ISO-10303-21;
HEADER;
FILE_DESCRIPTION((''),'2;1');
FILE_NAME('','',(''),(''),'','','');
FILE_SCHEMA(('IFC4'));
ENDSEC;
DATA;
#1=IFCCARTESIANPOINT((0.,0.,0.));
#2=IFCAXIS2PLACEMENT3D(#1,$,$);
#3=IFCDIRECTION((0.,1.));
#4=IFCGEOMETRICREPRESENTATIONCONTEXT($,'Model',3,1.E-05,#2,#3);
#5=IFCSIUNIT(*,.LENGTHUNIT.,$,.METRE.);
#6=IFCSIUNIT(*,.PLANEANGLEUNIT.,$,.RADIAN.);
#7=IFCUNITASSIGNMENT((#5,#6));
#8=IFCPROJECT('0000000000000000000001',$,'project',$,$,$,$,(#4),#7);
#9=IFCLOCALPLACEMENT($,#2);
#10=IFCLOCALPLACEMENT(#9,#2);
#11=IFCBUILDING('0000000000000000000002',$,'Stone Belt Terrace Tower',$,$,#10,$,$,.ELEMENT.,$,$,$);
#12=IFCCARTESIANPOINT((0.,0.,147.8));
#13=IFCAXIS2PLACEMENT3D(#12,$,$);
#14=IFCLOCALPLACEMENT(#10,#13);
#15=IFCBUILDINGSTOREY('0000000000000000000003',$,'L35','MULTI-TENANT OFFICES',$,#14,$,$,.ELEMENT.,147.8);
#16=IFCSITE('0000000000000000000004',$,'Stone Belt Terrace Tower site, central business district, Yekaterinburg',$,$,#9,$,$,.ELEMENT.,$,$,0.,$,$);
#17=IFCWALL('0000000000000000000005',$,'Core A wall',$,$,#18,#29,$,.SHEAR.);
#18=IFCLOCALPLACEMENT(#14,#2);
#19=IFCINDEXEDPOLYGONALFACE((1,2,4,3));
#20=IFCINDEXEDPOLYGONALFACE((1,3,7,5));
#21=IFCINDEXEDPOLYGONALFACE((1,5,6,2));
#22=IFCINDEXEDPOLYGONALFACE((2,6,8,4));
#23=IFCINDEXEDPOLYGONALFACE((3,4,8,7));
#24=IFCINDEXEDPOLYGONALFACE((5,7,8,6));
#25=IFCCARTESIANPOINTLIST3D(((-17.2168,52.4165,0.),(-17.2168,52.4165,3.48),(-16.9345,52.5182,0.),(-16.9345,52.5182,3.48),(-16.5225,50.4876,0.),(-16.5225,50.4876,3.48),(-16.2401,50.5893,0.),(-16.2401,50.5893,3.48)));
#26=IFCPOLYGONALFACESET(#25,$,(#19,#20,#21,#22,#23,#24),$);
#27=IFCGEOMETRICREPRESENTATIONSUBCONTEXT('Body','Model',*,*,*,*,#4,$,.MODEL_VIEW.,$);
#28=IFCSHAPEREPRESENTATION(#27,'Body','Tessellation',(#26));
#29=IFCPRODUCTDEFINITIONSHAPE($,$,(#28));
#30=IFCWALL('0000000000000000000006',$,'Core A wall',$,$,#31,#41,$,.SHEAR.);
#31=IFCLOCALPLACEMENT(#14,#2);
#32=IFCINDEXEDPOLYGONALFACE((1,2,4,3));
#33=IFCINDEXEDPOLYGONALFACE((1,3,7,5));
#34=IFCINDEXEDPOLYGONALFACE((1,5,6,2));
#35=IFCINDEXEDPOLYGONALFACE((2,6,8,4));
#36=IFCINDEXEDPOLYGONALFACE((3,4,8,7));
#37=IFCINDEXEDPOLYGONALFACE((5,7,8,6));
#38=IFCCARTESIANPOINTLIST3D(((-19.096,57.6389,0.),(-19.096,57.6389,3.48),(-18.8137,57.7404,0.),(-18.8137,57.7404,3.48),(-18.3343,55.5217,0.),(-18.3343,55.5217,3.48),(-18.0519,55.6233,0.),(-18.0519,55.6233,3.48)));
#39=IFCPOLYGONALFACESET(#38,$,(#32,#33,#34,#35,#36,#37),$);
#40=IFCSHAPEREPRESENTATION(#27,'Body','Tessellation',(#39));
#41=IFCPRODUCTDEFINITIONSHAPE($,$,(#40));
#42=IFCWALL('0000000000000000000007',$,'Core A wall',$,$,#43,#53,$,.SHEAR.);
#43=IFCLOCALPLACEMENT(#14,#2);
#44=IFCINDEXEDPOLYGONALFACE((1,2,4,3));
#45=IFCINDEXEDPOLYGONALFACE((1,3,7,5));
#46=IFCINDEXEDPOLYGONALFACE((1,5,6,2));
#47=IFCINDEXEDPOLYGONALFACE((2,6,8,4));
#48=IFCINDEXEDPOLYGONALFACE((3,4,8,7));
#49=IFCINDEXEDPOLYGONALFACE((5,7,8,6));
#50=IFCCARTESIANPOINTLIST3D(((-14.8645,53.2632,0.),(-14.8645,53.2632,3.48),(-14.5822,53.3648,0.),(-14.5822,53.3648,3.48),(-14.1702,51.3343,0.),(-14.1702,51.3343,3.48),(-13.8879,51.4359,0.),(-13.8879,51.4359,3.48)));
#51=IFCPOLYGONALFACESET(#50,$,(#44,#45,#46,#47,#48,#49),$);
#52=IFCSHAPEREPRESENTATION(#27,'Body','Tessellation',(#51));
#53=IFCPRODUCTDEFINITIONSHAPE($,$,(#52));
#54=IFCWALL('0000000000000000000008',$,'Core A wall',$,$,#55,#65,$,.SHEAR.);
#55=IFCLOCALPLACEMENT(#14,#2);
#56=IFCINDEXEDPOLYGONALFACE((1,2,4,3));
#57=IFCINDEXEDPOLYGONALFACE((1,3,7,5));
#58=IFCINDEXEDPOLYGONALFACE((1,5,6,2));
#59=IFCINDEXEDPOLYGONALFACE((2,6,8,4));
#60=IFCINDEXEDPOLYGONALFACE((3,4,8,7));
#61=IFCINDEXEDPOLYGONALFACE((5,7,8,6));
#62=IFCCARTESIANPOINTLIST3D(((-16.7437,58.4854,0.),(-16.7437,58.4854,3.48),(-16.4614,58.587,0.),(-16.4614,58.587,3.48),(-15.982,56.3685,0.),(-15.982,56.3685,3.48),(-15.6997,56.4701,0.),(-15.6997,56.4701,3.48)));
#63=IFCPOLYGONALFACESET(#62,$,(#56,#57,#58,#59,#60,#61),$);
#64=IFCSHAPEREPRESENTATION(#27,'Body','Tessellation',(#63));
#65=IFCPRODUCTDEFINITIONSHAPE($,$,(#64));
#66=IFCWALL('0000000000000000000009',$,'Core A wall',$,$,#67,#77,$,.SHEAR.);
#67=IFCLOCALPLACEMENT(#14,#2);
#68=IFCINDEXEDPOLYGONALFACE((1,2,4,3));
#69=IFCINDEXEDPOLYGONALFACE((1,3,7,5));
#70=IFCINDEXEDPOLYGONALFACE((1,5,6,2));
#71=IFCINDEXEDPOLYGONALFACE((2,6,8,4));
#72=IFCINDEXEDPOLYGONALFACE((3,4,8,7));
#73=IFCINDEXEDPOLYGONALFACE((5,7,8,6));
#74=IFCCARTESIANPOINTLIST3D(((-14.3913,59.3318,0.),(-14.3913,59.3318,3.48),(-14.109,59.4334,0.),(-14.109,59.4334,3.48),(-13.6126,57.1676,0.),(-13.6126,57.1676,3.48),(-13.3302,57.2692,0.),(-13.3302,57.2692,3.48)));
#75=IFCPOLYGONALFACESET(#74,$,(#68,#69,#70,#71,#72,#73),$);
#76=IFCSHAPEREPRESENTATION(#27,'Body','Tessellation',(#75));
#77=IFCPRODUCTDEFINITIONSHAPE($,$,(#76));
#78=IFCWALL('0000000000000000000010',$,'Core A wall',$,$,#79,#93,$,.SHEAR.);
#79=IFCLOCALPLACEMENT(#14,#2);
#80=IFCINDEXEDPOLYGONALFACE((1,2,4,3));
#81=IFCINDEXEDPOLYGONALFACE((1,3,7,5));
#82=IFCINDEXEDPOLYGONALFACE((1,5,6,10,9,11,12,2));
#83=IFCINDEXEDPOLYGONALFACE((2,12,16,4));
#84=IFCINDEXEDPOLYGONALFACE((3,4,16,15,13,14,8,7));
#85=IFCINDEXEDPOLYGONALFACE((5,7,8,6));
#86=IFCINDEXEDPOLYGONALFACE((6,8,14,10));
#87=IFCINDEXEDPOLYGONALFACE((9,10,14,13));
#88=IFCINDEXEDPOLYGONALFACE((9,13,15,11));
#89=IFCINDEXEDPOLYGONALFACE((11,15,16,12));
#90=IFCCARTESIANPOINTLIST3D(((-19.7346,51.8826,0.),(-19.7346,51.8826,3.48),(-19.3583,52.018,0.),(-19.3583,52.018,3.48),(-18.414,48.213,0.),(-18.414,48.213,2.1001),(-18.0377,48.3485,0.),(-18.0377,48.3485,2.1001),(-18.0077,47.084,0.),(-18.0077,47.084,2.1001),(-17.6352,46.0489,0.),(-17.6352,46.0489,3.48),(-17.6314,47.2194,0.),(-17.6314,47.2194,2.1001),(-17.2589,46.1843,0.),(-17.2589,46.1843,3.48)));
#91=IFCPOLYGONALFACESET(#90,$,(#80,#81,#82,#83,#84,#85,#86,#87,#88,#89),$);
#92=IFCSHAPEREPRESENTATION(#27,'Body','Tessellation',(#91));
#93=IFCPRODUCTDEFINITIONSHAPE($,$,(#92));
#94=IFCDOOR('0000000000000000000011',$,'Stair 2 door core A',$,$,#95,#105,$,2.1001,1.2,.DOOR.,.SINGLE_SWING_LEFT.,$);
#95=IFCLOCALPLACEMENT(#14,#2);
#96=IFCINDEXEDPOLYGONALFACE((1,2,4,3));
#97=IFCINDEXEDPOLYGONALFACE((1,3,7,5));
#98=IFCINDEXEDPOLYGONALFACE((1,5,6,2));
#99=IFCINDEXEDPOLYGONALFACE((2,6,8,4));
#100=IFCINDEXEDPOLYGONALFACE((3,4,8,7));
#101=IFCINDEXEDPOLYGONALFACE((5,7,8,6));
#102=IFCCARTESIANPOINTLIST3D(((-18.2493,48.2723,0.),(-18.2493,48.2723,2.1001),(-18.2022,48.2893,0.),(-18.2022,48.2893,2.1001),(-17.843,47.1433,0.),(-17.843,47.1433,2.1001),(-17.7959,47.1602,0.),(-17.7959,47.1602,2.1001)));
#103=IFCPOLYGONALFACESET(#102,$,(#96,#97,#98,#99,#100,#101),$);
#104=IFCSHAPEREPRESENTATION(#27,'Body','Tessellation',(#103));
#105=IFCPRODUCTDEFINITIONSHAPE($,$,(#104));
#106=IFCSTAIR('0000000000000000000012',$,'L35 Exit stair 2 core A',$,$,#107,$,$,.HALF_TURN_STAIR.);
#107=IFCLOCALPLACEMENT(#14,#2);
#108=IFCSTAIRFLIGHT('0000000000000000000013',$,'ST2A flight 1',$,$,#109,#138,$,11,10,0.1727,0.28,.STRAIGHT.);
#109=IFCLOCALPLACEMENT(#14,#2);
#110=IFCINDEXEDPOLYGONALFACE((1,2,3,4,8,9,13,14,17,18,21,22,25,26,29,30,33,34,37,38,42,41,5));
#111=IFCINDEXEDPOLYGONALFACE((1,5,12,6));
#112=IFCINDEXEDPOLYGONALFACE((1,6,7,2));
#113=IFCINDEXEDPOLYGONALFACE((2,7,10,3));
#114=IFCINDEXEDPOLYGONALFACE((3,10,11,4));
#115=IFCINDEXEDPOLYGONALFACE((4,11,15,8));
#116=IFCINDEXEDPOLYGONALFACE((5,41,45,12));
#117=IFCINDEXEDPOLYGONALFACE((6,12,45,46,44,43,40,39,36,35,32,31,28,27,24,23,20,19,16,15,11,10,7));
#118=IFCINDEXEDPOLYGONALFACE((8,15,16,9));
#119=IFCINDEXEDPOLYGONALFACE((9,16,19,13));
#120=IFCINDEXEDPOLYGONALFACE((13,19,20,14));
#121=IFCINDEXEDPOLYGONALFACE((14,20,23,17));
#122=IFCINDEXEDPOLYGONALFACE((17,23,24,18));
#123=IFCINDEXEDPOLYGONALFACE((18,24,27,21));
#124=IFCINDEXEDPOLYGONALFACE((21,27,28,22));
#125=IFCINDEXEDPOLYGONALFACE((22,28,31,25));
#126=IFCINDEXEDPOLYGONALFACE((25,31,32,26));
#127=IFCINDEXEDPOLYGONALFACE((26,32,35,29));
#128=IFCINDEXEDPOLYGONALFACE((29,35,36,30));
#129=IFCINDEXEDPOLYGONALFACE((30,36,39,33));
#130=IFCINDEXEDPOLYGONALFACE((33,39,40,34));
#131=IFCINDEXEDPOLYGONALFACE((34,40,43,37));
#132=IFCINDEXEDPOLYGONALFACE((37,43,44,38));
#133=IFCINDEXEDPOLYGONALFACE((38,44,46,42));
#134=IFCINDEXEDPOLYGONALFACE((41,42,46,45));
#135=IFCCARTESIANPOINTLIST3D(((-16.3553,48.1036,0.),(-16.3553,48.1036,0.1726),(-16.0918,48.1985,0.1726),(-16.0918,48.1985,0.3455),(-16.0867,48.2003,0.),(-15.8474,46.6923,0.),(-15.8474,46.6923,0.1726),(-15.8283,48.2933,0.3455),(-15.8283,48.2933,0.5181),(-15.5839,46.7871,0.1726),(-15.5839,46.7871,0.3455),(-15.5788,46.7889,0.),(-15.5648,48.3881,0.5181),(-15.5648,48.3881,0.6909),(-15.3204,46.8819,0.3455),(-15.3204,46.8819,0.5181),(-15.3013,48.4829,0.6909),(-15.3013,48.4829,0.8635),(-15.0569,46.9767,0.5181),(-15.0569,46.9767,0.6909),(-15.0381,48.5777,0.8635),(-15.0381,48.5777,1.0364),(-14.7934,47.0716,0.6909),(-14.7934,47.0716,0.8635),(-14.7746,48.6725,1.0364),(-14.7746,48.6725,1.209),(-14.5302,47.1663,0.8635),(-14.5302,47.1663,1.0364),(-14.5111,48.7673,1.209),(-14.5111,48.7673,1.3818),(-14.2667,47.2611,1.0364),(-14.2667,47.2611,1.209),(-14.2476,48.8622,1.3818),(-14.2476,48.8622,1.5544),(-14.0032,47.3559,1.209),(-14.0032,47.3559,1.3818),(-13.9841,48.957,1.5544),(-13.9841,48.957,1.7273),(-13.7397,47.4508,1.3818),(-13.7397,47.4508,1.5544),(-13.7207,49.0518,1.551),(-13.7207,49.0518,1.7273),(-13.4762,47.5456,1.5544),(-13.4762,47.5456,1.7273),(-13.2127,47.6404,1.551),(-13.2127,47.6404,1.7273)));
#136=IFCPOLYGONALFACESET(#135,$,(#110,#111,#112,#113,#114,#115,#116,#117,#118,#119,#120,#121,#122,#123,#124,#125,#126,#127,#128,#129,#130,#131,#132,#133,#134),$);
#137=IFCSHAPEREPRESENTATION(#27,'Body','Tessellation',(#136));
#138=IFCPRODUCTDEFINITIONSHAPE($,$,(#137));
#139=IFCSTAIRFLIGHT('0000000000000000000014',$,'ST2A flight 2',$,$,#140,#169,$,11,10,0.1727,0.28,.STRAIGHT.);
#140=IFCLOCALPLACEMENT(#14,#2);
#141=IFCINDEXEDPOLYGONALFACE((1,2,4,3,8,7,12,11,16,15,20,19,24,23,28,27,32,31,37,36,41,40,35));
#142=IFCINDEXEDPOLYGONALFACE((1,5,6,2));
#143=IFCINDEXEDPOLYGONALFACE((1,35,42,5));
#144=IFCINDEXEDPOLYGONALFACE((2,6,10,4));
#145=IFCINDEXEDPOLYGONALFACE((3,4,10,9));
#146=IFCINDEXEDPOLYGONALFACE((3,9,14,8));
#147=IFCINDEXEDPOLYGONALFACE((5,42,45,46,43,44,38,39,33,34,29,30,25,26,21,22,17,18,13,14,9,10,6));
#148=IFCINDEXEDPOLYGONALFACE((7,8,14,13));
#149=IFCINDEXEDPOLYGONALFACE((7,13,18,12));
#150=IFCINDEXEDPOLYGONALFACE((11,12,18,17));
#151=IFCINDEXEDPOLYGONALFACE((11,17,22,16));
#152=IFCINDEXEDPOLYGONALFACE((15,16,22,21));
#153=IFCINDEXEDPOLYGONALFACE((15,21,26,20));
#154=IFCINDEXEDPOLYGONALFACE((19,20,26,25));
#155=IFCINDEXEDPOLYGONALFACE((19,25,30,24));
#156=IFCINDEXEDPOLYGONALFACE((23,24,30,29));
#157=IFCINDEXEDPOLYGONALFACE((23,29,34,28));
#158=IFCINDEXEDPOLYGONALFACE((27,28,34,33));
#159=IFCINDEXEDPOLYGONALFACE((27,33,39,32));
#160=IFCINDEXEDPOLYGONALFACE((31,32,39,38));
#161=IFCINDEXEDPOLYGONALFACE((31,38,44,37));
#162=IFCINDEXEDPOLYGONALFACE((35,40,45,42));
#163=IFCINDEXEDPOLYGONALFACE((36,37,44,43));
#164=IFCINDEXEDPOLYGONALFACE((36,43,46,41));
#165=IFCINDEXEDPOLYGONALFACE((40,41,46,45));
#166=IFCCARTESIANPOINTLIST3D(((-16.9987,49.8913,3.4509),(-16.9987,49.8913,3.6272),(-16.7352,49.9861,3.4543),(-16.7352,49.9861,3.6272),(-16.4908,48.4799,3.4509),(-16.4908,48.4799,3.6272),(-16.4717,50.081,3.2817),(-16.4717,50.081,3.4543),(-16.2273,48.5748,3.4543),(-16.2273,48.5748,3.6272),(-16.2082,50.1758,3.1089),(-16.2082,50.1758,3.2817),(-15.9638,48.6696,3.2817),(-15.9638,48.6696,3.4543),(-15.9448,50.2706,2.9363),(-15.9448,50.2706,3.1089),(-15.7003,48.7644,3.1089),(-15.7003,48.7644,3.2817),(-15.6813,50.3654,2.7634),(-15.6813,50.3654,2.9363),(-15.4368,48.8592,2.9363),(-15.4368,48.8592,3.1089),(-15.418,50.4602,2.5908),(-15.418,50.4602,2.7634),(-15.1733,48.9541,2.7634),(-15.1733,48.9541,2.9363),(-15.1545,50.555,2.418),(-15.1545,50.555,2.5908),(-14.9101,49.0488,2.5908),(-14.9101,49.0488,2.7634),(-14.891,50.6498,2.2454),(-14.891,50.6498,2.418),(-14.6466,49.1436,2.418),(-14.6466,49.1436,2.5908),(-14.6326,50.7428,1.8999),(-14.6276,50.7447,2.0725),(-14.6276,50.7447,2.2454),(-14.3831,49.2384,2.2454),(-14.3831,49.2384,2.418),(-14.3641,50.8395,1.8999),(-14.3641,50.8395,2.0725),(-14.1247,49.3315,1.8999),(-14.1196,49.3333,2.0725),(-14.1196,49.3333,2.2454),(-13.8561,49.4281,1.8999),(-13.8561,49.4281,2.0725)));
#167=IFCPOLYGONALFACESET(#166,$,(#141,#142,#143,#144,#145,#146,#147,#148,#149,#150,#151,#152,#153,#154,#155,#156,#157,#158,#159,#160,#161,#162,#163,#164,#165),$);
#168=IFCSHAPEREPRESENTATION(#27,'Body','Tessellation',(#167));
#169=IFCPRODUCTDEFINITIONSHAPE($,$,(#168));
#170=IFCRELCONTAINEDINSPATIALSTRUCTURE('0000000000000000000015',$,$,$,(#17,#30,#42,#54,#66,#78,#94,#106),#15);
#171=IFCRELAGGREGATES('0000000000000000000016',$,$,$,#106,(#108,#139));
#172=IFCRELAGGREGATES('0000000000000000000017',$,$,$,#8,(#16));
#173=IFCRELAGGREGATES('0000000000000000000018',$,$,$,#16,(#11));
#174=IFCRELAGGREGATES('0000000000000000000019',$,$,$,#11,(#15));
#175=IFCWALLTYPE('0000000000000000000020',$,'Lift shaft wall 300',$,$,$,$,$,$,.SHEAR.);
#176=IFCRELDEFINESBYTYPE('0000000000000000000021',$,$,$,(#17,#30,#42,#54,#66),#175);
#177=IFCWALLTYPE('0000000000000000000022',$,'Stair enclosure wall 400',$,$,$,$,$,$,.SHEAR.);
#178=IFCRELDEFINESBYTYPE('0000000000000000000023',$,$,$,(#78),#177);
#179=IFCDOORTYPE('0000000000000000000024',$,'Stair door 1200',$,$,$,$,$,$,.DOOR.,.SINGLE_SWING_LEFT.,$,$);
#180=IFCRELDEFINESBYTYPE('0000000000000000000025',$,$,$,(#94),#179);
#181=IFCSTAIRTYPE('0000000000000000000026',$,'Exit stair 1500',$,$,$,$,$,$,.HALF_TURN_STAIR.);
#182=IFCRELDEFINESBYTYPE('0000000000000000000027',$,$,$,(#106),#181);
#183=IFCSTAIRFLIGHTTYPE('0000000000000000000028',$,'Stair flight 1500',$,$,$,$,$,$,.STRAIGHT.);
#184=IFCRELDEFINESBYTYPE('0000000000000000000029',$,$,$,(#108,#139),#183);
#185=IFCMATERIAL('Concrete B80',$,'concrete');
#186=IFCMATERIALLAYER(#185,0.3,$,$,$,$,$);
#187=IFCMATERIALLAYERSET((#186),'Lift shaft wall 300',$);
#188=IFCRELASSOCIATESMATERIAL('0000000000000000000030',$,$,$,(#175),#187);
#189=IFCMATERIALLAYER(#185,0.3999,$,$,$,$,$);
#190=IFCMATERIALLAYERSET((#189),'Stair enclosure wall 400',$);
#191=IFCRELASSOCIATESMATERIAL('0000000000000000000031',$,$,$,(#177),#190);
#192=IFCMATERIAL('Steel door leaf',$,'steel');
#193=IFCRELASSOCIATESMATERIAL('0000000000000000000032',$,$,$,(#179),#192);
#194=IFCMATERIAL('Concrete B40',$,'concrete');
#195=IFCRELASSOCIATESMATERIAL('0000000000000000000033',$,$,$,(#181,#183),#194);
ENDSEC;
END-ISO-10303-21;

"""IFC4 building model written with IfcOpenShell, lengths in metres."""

from ifc_helpers import new_model, si_unit, direction, frame, frame_2d, origin, place, context, subcontext, project, spatial, polyline, rectangle, outline, extrude, material, layer, layer_set, type_object, element, fill, aggregate, save


model = new_model("IFC4")

# Units and contexts
model_context = context("Model", 3, precision=1e-05, world=origin(), true_north=direction((0.0, 1.0)))
body_context = subcontext(model_context, "Body", "Model", "MODEL_VIEW")
ifc_project = project(units=[si_unit("LENGTHUNIT", "METRE"), si_unit("PLANEANGLEUNIT", "RADIAN")], contexts=[model_context])

# Site, building, storey
site_placement = place(None, origin())
site = spatial("IfcSite", under=ifc_project, at=site_placement, Name="Stone Belt Terrace Tower site, central business district, Yekaterinburg", CompositionType="ELEMENT", RefElevation=0.0)
building_placement = place(site_placement, origin())
building = spatial("IfcBuilding", under=site, at=building_placement, Name="Stone Belt Terrace Tower", CompositionType="ELEMENT")
storey_placement = place(building_placement, frame((0.0, 0.0, 147.8)))
storey = spatial("IfcBuildingStorey", under=building, at=storey_placement, Name="L35", Description="MULTI-TENANT OFFICES", CompositionType="ELEMENT", Elevation=147.8)

# Shared definitions
ifc_material_1 = material(Name="Concrete B80", Category="concrete")

# Walls
ifc_layer_1 = layer(ifc_material_1, 0.3)
ifc_layer_set_1 = layer_set([ifc_layer_1], Name="Lift shaft wall 300")
wall_type_1 = type_object("IfcWallType", Name="Lift shaft wall 300", PredefinedType="SHEAR", material=ifc_layer_set_1)
wall_1_placement = place(storey_placement, frame((-16.3813, 50.5386, 0.0), z_axis=(0.0, 0.0, 1.0), x_axis=(-0.338682, 0.940901, 0.0)))
element("IfcWall", 1, at=wall_1_placement, inside=storey, type_object=wall_type_1, Name="Core A wall", PredefinedType="SHEAR", context=body_context, shape_type="SweptSolid", body=[
    extrude(rectangle(XDim=2.05, YDim=0.3, at=frame_2d((1.0249, 0.0))), origin(), (0.0, 0.0, 1.0), 3.48),
])
wall_2_placement = place(storey_placement, frame((-18.1931, 55.5725, 0.0), z_axis=(0.0, 0.0, 1.0), x_axis=(-0.338535, 0.940954, 0.0)))
element("IfcWall", 2, at=wall_2_placement, inside=storey, type_object=wall_type_1, Name="Core A wall", PredefinedType="SHEAR", context=body_context, shape_type="SweptSolid", body=[
    extrude(rectangle(XDim=2.25, YDim=0.3, at=frame_2d((1.125, 0.0))), origin(), (0.0, 0.0, 1.0), 3.48),
])
wall_3_placement = place(storey_placement, frame((-14.0291, 51.3853, 0.0), z_axis=(0.0, 0.0, 1.0), x_axis=(-0.338682, 0.940901, 0.0)))
element("IfcWall", 3, at=wall_3_placement, inside=storey, type_object=wall_type_1, Name="Core A wall", PredefinedType="SHEAR", context=body_context, shape_type="SweptSolid", body=[
    extrude(rectangle(XDim=2.05, YDim=0.3, at=frame_2d((1.0249, 0.0))), origin(), (0.0, 0.0, 1.0), 3.48),
])
wall_4_placement = place(storey_placement, frame((-15.8408, 56.4192, 0.0), z_axis=(0.0, 0.0, 1.0), x_axis=(-0.33857, 0.940941, 0.0)))
element("IfcWall", 4, at=wall_4_placement, inside=storey, type_object=wall_type_1, Name="Core A wall", PredefinedType="SHEAR", context=body_context, shape_type="SweptSolid", body=[
    extrude(rectangle(XDim=2.2498, YDim=0.3, at=frame_2d((1.125, 0.0))), origin(), (0.0, 0.0, 1.0), 3.48),
])
wall_5_placement = place(storey_placement, frame((-13.4714, 57.2185, 0.0), z_axis=(0.0, 0.0, 1.0), x_axis=(-0.338588, 0.940935, 0.0)))
element("IfcWall", 5, at=wall_5_placement, inside=storey, type_object=wall_type_1, Name="Core A wall", PredefinedType="SHEAR", context=body_context, shape_type="SweptSolid", body=[
    extrude(rectangle(XDim=2.3, YDim=0.3, at=frame_2d((1.1499, 0.0))), origin(), (0.0, 0.0, 1.0), 3.48),
])

# Wall, opening, door
ifc_layer_2 = layer(ifc_material_1, 0.3999)
ifc_layer_set_2 = layer_set([ifc_layer_2], Name="Stair enclosure wall 400")
wall_type_2 = type_object("IfcWallType", Name="Stair enclosure wall 400", PredefinedType="SHEAR", material=ifc_layer_set_2)
wall_6_placement = place(storey_placement, frame((-17.447, 46.1165, 0.0), z_axis=(0.0, 0.0, 1.0), x_axis=(-0.338608, 0.940928, 0.0)))
wall_6 = element("IfcWall", 6, at=wall_6_placement, inside=storey, type_object=wall_type_2, Name="Core A wall", PredefinedType="SHEAR", context=body_context, shape_type="SweptSolid", body=[
    extrude(rectangle(XDim=6.2, YDim=0.3999, at=frame_2d((3.1001, 0.0))), origin(), (0.0, 0.0, 1.0), 3.48),
])
opening_1_placement = place(wall_6_placement, frame((1.1001, 0.0, 0.0)))
opening_1 = element("IfcOpeningElement", 7, at=opening_1_placement, cuts=wall_6, PredefinedType="OPENING", context=body_context, shape_type="SweptSolid", body=[
    extrude(rectangle(XDim=1.2, YDim=2.1001, at=frame_2d((0.6001, 1.05))), frame((0.0, 0.21, 0.0), z_axis=(0.0, -1.0, 0.0), x_axis=(1.0, 0.0, 0.0)), (0.0, 0.0, 1.0), 0.4199),
])
ifc_material_2 = material(Name="Steel door leaf", Category="steel")
door_type_1 = type_object("IfcDoorType", Name="Stair door 1200", OperationType="SINGLE_SWING_LEFT", PredefinedType="DOOR", material=ifc_material_2)
door_1_placement = place(opening_1_placement, origin())
door_1 = element("IfcDoor", 8, at=door_1_placement, inside=storey, type_object=door_type_1, Name="Stair 2 door core A", OperationType="SINGLE_SWING_LEFT", OverallHeight=2.1001, OverallWidth=1.2, PredefinedType="DOOR", context=body_context, shape_type="SweptSolid", body=[
    extrude(rectangle(XDim=1.2, YDim=2.1001, at=frame_2d((0.6001, 1.05))), frame((0.0, 0.0249, 0.0), z_axis=(0.0, -1.0, 0.0), x_axis=(1.0, 0.0, 0.0)), (0.0, 0.0, 1.0), 0.05),
])
fill(opening_1, door_1)

# Stair, stair flights
ifc_material_3 = material(Name="Concrete B40", Category="concrete")
stair_type = type_object("IfcStairType", Name="Exit stair 1500", PredefinedType="HALF_TURN_STAIR", material=ifc_material_3)
stair_placement = place(storey_placement, origin())
stair = element("IfcStair", 9, at=stair_placement, inside=storey, type_object=stair_type, Name="L35 Exit stair 2 core A", PredefinedType="HALF_TURN_STAIR")
stair_flight_type = type_object("IfcStairFlightType", Name="Stair flight 1500", PredefinedType="STRAIGHT", material=ifc_material_3)
stair_flight_1_placement = place(storey_placement, frame((-16.1013, 47.3979, 0.0), z_axis=(0.0, 0.0, 1.0), x_axis=(0.940922, 0.338624, 0.0)))
stair_flight_1 = element("IfcStairFlight", 10, at=stair_flight_1_placement, type_object=stair_flight_type, Name="ST2A flight 1", NumberOfRisers=11, NumberOfTreads=10, PredefinedType="STRAIGHT", RiserHeight=0.1727, TreadLength=0.28, context=body_context, shape_type="SweptSolid", body=[
    extrude(outline(polyline([(0.0, 0.0), (0.0, 0.1726), (0.28, 0.1726), (0.28, 0.3455), (0.5601, 0.3455), (0.5601, 0.5181), (0.8401, 0.5181), (0.8401, 0.6909), (1.1201, 0.6909), (1.1201, 0.8635), (1.3999, 0.8635), (1.3999, 1.0364), (1.6799, 1.0364), (1.6799, 1.209), (1.96, 1.209), (1.96, 1.3818), (2.24, 1.3818), (2.24, 1.5544), (2.52, 1.5544), (2.52, 1.7273), (2.8, 1.7273), (2.8, 1.8999), (2.8, 1.551), (0.2854, 0.0), (0.0, 0.0)])), frame((0.0, 0.75, 0.0), z_axis=(0.0, -1.0, 0.0), x_axis=(1.0, 0.0, 0.0)), (0.0, 0.0, 1.0), 1.5),
])
stair_flight_2_placement = place(storey_placement, frame((-14.1101, 50.1338, 1.8999), z_axis=(0.0, 0.0, 1.0), x_axis=(-0.940922, -0.338624, 0.0)))
stair_flight_2 = element("IfcStairFlight", 11, at=stair_flight_2_placement, type_object=stair_flight_type, Name="ST2A flight 2", NumberOfRisers=11, NumberOfTreads=10, PredefinedType="STRAIGHT", RiserHeight=0.1727, TreadLength=0.28, context=body_context, shape_type="SweptSolid", body=[
    extrude(outline(polyline([(0.0, 0.0), (0.0, 0.1726), (0.28, 0.1726), (0.28, 0.3455), (0.5601, 0.3455), (0.5601, 0.5181), (0.8401, 0.5181), (0.8401, 0.6909), (1.1201, 0.6909), (1.1201, 0.8635), (1.3999, 0.8635), (1.3999, 1.0364), (1.6799, 1.0364), (1.6799, 1.209), (1.96, 1.209), (1.96, 1.3818), (2.24, 1.3818), (2.24, 1.5544), (2.52, 1.5544), (2.52, 1.7273), (2.8, 1.7273), (2.8, 1.8999), (2.8, 1.551), (0.2854, 0.0), (0.0, 0.0)])), frame((0.0, 0.75, 0.0), z_axis=(0.0, -1.0, 0.0), x_axis=(1.0, 0.0, 0.0)), (0.0, 0.0, 1.0), 1.5),
])
aggregate(stair, [stair_flight_1, stair_flight_2])

save(model, "model.ifc")
